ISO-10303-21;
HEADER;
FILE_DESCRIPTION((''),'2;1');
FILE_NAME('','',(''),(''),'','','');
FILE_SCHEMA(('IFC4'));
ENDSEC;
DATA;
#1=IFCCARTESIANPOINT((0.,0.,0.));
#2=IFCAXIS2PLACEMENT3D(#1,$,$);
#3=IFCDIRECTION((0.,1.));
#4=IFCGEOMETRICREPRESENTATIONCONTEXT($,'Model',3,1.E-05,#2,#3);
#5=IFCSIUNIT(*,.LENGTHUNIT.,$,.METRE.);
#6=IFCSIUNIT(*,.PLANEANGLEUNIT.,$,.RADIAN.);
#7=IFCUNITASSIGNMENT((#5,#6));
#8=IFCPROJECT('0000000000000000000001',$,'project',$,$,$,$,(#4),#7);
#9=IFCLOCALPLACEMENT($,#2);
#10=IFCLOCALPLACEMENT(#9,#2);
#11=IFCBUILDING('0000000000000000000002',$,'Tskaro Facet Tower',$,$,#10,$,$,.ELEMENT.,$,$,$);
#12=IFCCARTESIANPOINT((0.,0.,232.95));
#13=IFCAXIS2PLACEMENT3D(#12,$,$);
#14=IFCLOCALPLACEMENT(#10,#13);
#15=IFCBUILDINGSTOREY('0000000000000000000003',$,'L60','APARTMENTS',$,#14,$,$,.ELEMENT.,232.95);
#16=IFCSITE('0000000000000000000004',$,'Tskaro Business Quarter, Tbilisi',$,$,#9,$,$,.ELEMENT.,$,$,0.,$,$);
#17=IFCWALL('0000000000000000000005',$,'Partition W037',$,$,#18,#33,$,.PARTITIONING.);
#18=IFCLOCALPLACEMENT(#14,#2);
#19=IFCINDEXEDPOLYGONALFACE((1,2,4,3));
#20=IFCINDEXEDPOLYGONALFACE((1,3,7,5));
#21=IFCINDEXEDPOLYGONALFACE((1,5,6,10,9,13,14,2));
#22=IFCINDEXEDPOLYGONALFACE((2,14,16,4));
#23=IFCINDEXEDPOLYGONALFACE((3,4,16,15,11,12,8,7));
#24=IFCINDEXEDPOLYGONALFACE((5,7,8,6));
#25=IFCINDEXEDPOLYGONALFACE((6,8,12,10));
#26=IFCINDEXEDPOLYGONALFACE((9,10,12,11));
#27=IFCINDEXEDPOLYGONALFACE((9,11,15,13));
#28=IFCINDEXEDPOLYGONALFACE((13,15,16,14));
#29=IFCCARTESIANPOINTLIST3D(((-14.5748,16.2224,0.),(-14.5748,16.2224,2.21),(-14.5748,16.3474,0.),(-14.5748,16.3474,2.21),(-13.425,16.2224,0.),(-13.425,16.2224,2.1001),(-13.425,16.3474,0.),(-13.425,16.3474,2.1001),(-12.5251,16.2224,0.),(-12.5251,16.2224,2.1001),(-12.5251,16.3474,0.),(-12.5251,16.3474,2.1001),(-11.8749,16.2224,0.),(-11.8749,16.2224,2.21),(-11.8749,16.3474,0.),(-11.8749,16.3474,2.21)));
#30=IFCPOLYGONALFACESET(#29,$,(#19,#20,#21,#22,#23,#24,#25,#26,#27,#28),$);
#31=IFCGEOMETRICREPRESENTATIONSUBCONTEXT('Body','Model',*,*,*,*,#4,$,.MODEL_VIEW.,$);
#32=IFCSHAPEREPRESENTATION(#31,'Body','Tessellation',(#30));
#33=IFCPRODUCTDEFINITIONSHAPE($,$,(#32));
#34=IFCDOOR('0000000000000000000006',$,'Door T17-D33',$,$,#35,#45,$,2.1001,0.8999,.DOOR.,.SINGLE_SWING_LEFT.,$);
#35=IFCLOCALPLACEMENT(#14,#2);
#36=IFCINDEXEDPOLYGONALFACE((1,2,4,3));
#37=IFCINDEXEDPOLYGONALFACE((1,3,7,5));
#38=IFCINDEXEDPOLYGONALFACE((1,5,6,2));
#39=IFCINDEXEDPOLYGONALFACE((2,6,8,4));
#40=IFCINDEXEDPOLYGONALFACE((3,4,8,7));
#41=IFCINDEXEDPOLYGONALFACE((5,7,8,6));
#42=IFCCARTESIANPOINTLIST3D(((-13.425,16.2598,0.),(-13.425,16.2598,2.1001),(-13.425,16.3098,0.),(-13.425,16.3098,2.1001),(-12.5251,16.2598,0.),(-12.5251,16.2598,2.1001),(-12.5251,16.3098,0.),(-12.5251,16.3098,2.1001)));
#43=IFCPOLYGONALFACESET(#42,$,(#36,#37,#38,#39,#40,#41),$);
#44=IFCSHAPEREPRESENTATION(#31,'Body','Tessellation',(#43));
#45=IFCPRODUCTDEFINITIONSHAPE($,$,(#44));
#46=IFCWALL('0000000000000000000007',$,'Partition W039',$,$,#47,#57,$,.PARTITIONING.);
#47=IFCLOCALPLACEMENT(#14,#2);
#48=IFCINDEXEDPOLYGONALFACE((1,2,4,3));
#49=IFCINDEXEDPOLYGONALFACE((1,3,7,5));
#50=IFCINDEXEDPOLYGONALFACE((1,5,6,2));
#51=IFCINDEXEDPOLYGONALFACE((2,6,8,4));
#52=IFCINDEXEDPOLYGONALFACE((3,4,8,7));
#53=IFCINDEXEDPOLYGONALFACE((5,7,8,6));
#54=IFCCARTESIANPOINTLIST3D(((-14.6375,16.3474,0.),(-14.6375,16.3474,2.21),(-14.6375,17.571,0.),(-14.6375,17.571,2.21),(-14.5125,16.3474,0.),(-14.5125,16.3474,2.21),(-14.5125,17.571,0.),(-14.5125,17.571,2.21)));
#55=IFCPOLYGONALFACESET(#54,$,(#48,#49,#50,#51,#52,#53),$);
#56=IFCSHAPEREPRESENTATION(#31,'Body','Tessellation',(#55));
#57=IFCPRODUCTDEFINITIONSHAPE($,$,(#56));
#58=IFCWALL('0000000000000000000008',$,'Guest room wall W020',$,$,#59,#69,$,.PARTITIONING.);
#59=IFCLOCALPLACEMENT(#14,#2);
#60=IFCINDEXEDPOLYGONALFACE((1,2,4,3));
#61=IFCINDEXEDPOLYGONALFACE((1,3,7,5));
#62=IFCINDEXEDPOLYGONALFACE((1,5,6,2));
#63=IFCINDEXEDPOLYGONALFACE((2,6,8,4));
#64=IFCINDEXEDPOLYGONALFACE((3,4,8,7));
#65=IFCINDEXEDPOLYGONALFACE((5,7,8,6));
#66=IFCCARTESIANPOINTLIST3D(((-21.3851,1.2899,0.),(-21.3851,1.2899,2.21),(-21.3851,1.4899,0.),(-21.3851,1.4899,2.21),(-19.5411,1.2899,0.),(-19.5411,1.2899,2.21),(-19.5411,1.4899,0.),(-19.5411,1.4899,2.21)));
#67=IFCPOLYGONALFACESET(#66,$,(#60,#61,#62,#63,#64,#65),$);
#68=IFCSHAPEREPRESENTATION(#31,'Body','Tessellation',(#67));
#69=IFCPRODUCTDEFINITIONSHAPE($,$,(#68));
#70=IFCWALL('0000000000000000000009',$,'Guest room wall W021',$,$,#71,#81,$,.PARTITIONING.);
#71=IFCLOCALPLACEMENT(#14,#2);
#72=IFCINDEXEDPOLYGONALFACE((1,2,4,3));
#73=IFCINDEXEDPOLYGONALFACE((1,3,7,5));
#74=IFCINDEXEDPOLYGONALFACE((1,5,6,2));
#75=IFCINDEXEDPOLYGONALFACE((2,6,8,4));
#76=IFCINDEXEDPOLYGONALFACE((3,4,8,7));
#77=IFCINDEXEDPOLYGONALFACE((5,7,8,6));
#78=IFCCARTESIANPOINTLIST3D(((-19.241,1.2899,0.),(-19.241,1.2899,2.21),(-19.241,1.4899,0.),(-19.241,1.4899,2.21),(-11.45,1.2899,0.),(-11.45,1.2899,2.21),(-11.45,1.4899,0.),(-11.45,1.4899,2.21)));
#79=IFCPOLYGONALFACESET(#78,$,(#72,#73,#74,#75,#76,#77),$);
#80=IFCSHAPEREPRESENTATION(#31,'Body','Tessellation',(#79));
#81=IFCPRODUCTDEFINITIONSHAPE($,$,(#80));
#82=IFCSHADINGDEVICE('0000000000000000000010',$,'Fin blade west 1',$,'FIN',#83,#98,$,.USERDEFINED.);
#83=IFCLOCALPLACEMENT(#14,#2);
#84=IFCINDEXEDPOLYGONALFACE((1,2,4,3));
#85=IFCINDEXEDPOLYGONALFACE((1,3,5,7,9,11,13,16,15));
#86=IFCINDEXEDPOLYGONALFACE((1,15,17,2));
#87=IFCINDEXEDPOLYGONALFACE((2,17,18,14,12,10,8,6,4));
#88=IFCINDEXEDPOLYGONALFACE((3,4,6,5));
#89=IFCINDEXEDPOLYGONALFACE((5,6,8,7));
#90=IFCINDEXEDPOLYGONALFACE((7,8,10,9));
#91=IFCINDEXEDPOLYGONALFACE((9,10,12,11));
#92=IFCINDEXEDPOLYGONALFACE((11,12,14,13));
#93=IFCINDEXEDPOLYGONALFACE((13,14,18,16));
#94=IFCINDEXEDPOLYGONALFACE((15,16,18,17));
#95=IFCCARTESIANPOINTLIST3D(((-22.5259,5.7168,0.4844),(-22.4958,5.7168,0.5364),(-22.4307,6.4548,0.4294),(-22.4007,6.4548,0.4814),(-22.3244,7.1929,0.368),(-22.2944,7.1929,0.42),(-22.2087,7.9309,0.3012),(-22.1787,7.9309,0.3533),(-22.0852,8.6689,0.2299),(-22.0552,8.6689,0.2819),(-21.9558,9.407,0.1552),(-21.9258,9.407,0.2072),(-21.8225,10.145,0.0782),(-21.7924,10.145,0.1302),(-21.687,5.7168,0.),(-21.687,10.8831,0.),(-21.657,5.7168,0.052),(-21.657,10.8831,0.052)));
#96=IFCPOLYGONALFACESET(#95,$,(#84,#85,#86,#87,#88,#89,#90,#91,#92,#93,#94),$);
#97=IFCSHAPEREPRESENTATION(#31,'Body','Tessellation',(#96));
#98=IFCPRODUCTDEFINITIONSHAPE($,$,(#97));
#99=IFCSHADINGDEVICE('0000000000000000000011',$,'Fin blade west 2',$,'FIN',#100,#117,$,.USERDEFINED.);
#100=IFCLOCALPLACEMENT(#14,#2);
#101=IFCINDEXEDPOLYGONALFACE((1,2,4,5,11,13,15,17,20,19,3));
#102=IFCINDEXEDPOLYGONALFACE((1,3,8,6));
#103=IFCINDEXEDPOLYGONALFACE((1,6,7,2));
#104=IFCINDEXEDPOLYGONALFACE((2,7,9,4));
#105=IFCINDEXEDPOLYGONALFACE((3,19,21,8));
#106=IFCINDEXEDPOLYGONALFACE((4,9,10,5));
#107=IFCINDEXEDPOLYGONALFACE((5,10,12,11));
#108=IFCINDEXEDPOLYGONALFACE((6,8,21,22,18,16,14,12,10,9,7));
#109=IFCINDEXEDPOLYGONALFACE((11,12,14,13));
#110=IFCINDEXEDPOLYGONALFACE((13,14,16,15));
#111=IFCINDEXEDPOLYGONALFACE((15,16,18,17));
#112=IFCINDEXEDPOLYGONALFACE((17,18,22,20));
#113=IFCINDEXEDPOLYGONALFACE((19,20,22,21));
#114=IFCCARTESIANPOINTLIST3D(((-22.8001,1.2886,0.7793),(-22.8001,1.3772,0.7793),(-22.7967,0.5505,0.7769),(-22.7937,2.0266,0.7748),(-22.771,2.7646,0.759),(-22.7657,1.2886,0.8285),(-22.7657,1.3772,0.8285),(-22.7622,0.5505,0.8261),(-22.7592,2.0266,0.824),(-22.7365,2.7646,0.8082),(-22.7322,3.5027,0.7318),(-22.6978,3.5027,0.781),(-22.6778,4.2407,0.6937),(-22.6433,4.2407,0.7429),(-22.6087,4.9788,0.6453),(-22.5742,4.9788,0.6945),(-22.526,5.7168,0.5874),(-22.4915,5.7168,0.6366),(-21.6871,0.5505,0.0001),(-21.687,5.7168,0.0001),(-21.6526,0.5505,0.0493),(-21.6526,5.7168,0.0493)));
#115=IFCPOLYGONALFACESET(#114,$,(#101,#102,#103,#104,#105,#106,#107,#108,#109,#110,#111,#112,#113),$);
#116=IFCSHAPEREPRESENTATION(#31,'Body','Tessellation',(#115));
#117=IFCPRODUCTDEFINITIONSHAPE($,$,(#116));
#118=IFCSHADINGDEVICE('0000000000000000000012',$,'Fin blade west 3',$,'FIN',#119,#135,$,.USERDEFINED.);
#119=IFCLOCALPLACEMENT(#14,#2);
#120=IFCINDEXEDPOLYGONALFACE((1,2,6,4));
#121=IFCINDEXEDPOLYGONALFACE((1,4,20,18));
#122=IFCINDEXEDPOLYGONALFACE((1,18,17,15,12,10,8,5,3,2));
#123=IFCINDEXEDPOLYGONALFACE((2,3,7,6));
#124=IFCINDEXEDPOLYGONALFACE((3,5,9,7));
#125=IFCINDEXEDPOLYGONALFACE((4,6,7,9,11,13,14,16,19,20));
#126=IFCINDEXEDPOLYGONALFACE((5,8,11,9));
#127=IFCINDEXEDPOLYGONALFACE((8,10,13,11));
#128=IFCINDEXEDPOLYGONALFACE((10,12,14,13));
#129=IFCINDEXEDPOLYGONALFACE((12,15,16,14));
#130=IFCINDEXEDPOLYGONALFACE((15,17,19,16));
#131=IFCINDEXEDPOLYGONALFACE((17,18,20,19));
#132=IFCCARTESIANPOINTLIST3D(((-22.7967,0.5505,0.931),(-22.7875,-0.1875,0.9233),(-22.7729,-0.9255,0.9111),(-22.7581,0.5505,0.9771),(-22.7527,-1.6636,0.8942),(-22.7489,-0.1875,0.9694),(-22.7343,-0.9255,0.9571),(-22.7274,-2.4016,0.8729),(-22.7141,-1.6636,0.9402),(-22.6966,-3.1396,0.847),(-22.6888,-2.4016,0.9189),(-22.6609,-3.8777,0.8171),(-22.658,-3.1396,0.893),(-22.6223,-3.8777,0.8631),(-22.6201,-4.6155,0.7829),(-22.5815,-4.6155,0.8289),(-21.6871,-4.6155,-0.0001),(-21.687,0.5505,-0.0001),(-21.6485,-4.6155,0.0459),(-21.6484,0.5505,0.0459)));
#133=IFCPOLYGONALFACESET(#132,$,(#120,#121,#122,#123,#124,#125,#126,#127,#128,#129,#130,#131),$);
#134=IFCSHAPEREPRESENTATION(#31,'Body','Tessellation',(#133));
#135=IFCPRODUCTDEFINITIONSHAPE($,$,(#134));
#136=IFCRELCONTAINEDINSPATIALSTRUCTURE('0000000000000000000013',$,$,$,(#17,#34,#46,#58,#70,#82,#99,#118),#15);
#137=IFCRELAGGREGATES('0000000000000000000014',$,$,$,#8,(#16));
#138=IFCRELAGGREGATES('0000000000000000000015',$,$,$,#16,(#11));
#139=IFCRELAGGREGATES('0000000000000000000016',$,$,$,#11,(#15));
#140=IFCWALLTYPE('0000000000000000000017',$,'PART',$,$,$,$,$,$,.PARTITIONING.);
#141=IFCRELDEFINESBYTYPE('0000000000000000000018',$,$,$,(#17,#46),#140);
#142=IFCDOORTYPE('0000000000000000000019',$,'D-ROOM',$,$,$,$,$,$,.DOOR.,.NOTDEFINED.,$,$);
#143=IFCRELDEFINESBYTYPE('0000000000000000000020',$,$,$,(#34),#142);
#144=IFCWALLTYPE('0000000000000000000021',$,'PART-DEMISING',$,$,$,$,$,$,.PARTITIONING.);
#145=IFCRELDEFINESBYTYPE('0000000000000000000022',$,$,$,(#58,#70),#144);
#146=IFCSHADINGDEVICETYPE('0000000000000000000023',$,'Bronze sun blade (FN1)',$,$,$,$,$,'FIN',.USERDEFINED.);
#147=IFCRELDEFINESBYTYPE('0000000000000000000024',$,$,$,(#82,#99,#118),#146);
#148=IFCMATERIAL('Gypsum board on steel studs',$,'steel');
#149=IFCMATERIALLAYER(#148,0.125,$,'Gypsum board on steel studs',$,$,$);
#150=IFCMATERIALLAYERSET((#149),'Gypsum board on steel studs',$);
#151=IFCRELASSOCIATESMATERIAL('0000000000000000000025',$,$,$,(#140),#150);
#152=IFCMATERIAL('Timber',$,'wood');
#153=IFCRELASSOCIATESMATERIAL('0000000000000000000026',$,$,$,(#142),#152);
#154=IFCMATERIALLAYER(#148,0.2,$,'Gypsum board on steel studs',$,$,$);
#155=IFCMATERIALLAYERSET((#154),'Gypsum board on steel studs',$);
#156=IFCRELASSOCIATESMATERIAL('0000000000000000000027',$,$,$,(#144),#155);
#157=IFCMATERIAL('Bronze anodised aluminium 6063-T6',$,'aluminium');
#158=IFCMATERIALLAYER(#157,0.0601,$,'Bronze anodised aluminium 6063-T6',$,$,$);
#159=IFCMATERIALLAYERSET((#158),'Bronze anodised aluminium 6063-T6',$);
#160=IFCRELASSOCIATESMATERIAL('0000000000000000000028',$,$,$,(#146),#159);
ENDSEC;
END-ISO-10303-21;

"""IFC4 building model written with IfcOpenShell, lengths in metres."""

from ifc_helpers import new_model, si_unit, direction, frame, frame_2d, origin, place, context, subcontext, project, spatial, polyline, rectangle, outline, extrude, material, layer, layer_set, type_object, element, fill, save


model = new_model("IFC4")

# Units and contexts
model_context = context("Model", 3, precision=1e-05, world=origin(), true_north=direction((0.0, 1.0)))
body_context = subcontext(model_context, "Body", "Model", "MODEL_VIEW")
ifc_project = project(units=[si_unit("LENGTHUNIT", "METRE"), si_unit("PLANEANGLEUNIT", "RADIAN")], contexts=[model_context])

# Site, building, storey
site_placement = place(None, origin())
site = spatial("IfcSite", under=ifc_project, at=site_placement, Name="Tskaro Business Quarter, Tbilisi", CompositionType="ELEMENT", RefElevation=0.0)
building_placement = place(site_placement, origin())
building = spatial("IfcBuilding", under=site, at=building_placement, Name="Tskaro Facet Tower", CompositionType="ELEMENT")
storey_placement = place(building_placement, frame((0.0, 0.0, 232.95)))
storey = spatial("IfcBuildingStorey", under=building, at=storey_placement, Name="L60", Description="APARTMENTS", CompositionType="ELEMENT", Elevation=232.95)

# Shared definitions
ifc_material_1 = material(Name="Bronze anodised aluminium 6063-T6", Category="aluminium")

# Shared definitions
ifc_material_2 = material(Name="Gypsum board on steel studs", Category="steel")
ifc_layer_1 = layer(ifc_material_2, 0.125, Name="Gypsum board on steel studs")
ifc_layer_set_1 = layer_set([ifc_layer_1], Name="Gypsum board on steel studs")
wall_type_1 = type_object("IfcWallType", Name="PART", PredefinedType="PARTITIONING", material=ifc_layer_set_1)

# Shared definitions
ifc_material_3 = material(Name="Timber", Category="wood")
door_type = type_object("IfcDoorType", Name="D-ROOM", OperationType="NOTDEFINED", PredefinedType="DOOR", material=ifc_material_3)

# Wall, opening, door
wall_1_placement = place(storey_placement, frame((-14.575, 16.2849, 0.0), z_axis=(0.0, 0.0, 1.0), x_axis=(1.0, 0.0, 0.0)))
wall_1 = element("IfcWall", 1, at=wall_1_placement, inside=storey, type_object=wall_type_1, Name="Partition W037", PredefinedType="PARTITIONING", context=body_context, shape_type="SweptSolid", body=[
    extrude(rectangle(XDim=2.7, YDim=0.125, at=frame_2d((1.3501, 0.0))), origin(), (0.0, 0.0, 1.0), 2.21),
])
opening_1_placement = place(wall_1_placement, frame((1.1499, 0.0, 0.0)))
opening_1 = element("IfcOpeningElement", 2, at=opening_1_placement, cuts=wall_1, PredefinedType="OPENING", context=body_context, shape_type="SweptSolid", body=[
    extrude(rectangle(XDim=0.8999, YDim=2.1001, at=frame_2d((0.45, 1.05))), frame((0.0, 0.0725, 0.0), z_axis=(0.0, -1.0, 0.0), x_axis=(1.0, 0.0, 0.0)), (0.0, 0.0, 1.0), 0.145),
])
door_1_placement = place(opening_1_placement, origin())
door_1 = element("IfcDoor", 3, at=door_1_placement, inside=storey, type_object=door_type, Name="Door T17-D33", OperationType="SINGLE_SWING_LEFT", OverallHeight=2.1001, OverallWidth=0.8999, PredefinedType="DOOR", context=body_context, shape_type="SweptSolid", body=[
    extrude(rectangle(XDim=0.8999, YDim=2.1001, at=frame_2d((0.45, 1.05))), frame((0.0, 0.0249, 0.0), z_axis=(0.0, -1.0, 0.0), x_axis=(1.0, 0.0, 0.0)), (0.0, 0.0, 1.0), 0.05),
])
fill(opening_1, door_1)

# Walls
wall_2_placement = place(storey_placement, frame((-14.575, 16.3474, 0.0), z_axis=(0.0, 0.0, 1.0), x_axis=(0.0, 1.0, 0.0)))
element("IfcWall", 4, at=wall_2_placement, inside=storey, type_object=wall_type_1, Name="Partition W039", PredefinedType="PARTITIONING", context=body_context, shape_type="SweptSolid", body=[
    extrude(rectangle(XDim=1.2236, YDim=0.125, at=frame_2d((0.6118, 0.0))), origin(), (0.0, 0.0, 1.0), 2.21),
])
ifc_layer_2 = layer(ifc_material_2, 0.2, Name="Gypsum board on steel studs")
ifc_layer_set_2 = layer_set([ifc_layer_2], Name="Gypsum board on steel studs")
wall_type_2 = type_object("IfcWallType", Name="PART-DEMISING", PredefinedType="PARTITIONING", material=ifc_layer_set_2)
wall_3_placement = place(storey_placement, frame((-21.385, 1.3899, 0.0), z_axis=(0.0, 0.0, 1.0), x_axis=(1.0, 0.0, 0.0)))
element("IfcWall", 5, at=wall_3_placement, inside=storey, type_object=wall_type_2, Name="Guest room wall W020", PredefinedType="PARTITIONING", context=body_context, shape_type="SweptSolid", body=[
    extrude(rectangle(XDim=1.844, YDim=0.2, at=frame_2d((0.9219, 0.0))), origin(), (0.0, 0.0, 1.0), 2.21),
])
wall_4_placement = place(storey_placement, frame((-19.241, 1.3899, 0.0), z_axis=(0.0, 0.0, 1.0), x_axis=(1.0, 0.0, 0.0)))
element("IfcWall", 6, at=wall_4_placement, inside=storey, type_object=wall_type_2, Name="Guest room wall W021", PredefinedType="PARTITIONING", context=body_context, shape_type="SweptSolid", body=[
    extrude(rectangle(XDim=7.791, YDim=0.2, at=frame_2d((3.8955, 0.0))), origin(), (0.0, 0.0, 1.0), 2.21),
])

# Shading devices
ifc_layer_3 = layer(ifc_material_1, 0.0601, Name="Bronze anodised aluminium 6063-T6")
ifc_layer_set_3 = layer_set([ifc_layer_3], Name="Bronze anodised aluminium 6063-T6")
shading_device_type = type_object("IfcShadingDeviceType", Name="Bronze sun blade (FN1)", ElementType="FIN", PredefinedType="USERDEFINED", material=ifc_layer_set_3)
shading_device_1_placement = place(storey_placement, frame((-21.657, 10.8831, 0.052), z_axis=(0.500025, 0.000004, 0.866011), x_axis=(0.000002, -1.0, 0.000003)))
element("IfcShadingDevice", 7, at=shading_device_1_placement, inside=storey, type_object=shading_device_type, Name="Fin blade west 1", ObjectType="FIN", PredefinedType="USERDEFINED", context=body_context, shape_type="SweptSolid", body=[
    extrude(outline(polyline([(0.0, 0.0), (5.1663, 0.0), (5.1663, -0.9687), (4.4282, -0.8587), (3.6902, -0.736), (2.9521, -0.6025), (2.2141, -0.4598), (1.4761, -0.3104), (0.738, -0.1564), (0.0, 0.0)])), origin(), (0.0, 0.0, -1.0), 0.0601),
])
shading_device_2_placement = place(storey_placement, frame((-21.6526, 5.7168, 0.0493), z_axis=(0.573509, -0.000006, 0.819199), x_axis=(-0.000004, -1.0, -0.000005)))
element("IfcShadingDevice", 8, at=shading_device_2_placement, inside=storey, type_object=shading_device_type, Name="Fin blade west 2", ObjectType="FIN", PredefinedType="USERDEFINED", context=body_context, shape_type="SweptSolid", body=[
    extrude(outline(polyline([(0.0, 0.0), (5.1663, 0.0), (5.1663, -1.3545), (4.4282, -1.3587), (4.3396, -1.3587), (3.6902, -1.3509), (2.9521, -1.3232), (2.2141, -1.2758), (1.4761, -1.2094), (0.738, -1.1251), (0.0, -1.0241), (0.0, 0.0)])), origin(), (0.0, 0.0, -1.0), 0.0601),
])
shading_device_3_placement = place(storey_placement, frame((-21.6484, 0.5505, 0.0459), z_axis=(0.642819, -0.000005, 0.766018), x_axis=(-0.000003, -1.0, -0.000004)))
element("IfcShadingDevice", 9, at=shading_device_3_placement, inside=storey, type_object=shading_device_type, Name="Fin blade west 3", ObjectType="FIN", PredefinedType="USERDEFINED", context=body_context, shape_type="SweptSolid", body=[
    extrude(outline(polyline([(0.0, 0.0), (5.166, 0.0), (5.166, -1.2181), (4.4282, -1.2713), (3.6902, -1.3179), (2.9521, -1.3581), (2.2141, -1.3912), (1.4761, -1.4175), (0.738, -1.4366), (0.0, -1.4486), (0.0, 0.0)])), origin(), (0.0, 0.0, -1.0), 0.0601),
])

save(model, "model.ifc")
